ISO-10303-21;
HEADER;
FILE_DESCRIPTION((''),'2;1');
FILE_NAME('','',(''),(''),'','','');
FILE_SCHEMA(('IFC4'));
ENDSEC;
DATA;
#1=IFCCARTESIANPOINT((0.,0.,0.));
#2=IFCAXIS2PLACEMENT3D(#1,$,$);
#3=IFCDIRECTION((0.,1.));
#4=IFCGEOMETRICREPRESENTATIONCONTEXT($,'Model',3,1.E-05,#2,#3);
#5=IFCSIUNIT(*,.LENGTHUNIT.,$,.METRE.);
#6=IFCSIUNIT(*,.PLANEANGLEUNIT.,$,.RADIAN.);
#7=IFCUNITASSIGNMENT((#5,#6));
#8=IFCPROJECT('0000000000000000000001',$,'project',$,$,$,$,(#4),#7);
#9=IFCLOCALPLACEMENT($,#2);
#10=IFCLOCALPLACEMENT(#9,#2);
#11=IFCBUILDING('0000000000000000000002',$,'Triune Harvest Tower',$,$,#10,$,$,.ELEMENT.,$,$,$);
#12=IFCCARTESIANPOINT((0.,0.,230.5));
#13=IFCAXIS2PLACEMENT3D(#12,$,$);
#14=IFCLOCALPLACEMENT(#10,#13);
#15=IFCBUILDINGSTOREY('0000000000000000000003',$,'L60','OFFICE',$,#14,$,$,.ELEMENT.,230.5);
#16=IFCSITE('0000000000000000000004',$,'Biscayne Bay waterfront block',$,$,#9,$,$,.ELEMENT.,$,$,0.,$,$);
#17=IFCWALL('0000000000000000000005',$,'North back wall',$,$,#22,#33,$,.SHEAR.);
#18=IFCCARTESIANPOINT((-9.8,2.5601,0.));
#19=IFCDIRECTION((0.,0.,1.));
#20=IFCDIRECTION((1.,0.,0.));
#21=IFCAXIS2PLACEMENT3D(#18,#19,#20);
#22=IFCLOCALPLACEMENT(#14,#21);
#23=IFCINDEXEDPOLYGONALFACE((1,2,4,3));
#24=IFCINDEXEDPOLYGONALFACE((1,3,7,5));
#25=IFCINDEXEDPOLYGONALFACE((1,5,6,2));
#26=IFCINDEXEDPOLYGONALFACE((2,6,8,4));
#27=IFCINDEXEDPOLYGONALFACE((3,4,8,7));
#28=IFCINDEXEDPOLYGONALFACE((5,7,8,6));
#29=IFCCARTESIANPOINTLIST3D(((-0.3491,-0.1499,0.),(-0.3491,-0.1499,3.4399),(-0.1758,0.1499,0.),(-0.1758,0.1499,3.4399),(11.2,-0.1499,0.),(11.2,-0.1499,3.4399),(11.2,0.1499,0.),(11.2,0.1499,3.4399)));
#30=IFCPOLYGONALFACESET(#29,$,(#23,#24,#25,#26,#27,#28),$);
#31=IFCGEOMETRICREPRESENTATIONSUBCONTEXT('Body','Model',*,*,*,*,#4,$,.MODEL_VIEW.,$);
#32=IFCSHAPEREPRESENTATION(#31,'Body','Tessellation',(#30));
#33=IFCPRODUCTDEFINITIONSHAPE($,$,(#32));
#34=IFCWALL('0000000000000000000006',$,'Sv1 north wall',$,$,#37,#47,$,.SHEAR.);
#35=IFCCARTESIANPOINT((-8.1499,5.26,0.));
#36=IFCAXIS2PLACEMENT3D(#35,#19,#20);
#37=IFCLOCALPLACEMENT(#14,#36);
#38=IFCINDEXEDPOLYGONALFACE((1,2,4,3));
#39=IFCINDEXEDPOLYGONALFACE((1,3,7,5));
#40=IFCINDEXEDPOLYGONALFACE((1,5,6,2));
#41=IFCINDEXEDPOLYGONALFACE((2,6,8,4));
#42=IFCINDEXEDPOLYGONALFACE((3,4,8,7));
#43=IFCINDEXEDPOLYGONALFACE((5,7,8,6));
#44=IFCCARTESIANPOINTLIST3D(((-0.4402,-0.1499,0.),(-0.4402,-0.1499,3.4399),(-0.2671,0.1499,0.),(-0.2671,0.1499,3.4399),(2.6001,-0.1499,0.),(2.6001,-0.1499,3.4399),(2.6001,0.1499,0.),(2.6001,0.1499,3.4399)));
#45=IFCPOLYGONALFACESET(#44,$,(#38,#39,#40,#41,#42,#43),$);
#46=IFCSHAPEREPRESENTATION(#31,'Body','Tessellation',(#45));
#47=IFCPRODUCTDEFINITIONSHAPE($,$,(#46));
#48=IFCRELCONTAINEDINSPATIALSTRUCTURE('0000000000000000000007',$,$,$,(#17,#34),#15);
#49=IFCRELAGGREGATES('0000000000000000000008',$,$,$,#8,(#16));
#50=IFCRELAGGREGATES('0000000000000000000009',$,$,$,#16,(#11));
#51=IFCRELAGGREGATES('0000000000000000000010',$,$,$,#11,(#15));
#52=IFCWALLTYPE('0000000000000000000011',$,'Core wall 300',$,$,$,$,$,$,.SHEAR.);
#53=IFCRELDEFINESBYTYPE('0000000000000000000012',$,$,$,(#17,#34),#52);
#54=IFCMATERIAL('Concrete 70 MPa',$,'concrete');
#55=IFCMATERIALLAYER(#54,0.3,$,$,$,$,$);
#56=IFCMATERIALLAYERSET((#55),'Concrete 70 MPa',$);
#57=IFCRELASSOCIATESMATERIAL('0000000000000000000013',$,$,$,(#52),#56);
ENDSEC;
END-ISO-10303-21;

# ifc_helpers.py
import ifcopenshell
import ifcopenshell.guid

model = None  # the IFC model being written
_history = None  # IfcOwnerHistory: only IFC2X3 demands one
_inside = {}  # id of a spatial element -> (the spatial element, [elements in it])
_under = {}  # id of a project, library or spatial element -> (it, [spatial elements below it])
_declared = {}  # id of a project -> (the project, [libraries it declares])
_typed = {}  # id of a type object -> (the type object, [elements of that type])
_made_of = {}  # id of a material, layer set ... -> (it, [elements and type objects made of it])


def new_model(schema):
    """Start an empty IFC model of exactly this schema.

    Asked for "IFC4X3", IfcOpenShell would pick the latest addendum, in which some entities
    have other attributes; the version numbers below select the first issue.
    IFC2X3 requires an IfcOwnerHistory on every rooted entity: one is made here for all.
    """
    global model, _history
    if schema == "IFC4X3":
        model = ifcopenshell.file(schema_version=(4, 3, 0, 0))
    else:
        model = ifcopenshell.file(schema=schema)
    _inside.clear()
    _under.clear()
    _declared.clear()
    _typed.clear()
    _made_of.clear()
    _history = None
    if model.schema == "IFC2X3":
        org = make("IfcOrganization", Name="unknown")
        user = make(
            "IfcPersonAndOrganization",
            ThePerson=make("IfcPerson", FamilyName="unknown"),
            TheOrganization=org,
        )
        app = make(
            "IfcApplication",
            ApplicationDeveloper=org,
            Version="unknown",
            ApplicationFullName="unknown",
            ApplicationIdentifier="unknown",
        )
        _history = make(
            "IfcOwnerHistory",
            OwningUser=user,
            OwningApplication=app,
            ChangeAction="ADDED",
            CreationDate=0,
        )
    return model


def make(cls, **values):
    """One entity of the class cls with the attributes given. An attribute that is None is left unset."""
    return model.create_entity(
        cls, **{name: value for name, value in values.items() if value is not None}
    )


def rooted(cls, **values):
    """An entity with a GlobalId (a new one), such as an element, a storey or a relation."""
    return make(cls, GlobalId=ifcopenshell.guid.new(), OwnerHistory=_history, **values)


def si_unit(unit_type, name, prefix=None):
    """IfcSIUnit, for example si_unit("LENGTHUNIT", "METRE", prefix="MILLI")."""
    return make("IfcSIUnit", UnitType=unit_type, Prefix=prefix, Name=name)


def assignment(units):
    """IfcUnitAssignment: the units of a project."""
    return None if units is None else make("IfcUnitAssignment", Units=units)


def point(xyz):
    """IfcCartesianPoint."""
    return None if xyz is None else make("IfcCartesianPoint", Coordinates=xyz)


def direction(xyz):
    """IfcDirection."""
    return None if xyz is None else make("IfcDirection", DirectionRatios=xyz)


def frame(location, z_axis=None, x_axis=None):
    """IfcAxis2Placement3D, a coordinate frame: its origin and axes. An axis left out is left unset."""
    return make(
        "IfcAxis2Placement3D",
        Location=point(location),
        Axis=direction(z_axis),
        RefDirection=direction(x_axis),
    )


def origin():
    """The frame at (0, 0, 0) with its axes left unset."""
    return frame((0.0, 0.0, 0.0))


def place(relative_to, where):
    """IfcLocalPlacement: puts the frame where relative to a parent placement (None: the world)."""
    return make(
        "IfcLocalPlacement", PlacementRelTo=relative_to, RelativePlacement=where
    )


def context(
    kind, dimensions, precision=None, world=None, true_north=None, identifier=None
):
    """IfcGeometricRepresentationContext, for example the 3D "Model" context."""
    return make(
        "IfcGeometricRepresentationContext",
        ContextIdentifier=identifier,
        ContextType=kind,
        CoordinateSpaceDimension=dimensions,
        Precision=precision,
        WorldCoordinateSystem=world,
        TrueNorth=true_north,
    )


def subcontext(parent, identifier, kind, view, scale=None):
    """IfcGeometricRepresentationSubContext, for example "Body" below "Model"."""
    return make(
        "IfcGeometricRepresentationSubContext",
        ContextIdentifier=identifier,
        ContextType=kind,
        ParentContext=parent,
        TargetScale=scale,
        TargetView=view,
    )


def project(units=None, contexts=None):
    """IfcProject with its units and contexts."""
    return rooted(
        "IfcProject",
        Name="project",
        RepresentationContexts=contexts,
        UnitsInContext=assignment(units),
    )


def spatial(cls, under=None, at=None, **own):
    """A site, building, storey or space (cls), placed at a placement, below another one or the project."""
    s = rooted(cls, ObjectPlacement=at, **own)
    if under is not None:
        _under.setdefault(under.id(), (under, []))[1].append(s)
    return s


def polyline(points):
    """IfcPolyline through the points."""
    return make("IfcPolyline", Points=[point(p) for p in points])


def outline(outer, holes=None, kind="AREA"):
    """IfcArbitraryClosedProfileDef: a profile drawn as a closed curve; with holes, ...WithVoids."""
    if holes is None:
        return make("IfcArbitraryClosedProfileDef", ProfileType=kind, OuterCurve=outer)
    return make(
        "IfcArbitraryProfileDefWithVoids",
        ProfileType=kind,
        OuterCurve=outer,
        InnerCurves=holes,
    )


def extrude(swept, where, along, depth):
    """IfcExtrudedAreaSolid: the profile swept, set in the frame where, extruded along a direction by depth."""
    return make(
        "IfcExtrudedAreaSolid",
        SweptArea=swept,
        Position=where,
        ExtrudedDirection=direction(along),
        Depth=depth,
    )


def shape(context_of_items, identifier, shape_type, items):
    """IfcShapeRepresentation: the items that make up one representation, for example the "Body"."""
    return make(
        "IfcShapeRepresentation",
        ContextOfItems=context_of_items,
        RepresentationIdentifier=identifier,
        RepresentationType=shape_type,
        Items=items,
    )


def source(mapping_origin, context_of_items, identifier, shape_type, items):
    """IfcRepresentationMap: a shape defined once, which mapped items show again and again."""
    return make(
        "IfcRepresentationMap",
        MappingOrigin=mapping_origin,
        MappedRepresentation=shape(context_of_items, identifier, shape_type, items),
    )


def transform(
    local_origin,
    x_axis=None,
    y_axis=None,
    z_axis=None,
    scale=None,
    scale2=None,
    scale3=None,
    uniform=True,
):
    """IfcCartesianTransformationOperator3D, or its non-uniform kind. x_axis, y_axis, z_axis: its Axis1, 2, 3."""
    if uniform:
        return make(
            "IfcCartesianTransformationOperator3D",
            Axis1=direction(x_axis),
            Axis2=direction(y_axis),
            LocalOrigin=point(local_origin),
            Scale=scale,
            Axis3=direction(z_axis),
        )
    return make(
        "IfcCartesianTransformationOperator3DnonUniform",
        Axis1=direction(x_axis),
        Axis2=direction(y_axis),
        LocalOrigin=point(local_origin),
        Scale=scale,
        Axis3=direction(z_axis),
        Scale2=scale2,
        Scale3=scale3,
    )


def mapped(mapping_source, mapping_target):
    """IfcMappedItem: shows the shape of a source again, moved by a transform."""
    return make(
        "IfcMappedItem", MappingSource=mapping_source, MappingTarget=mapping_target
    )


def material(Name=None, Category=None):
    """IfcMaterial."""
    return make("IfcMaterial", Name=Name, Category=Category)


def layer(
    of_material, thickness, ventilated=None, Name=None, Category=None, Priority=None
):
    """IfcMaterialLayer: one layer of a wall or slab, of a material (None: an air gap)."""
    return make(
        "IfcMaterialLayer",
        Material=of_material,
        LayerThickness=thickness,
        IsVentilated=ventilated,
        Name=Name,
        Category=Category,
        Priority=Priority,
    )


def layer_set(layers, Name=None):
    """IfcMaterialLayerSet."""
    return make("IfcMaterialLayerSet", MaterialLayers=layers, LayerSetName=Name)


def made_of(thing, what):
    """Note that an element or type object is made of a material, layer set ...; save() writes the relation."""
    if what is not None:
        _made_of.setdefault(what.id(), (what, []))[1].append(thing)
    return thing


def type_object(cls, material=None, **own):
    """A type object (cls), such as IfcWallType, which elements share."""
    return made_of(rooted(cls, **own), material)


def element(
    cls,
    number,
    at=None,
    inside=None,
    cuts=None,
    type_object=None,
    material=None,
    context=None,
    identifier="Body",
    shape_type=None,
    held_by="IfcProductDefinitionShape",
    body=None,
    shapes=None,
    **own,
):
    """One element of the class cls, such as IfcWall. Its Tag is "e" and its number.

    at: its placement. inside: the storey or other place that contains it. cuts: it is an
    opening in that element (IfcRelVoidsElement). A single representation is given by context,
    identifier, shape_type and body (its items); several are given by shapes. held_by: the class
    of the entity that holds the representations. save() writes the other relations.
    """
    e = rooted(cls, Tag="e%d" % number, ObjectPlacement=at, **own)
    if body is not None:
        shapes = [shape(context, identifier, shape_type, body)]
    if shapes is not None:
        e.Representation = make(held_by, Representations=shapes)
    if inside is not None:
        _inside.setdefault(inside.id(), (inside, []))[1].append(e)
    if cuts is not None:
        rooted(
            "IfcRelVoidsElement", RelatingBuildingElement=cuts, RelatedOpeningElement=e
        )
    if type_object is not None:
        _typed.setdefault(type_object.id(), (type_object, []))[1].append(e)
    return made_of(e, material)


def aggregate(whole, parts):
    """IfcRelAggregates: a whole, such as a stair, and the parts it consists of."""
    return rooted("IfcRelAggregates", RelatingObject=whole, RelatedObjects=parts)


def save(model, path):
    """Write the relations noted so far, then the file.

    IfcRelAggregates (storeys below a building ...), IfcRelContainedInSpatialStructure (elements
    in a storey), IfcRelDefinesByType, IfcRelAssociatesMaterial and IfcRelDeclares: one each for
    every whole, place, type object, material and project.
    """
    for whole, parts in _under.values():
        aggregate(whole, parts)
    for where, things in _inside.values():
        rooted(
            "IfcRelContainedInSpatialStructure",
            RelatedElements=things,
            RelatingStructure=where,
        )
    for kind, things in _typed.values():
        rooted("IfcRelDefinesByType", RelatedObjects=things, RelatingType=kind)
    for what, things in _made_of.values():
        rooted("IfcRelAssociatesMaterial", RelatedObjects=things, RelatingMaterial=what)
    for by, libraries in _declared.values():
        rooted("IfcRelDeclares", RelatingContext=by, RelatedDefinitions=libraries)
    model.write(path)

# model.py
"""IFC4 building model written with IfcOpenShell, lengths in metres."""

from ifc_helpers import new_model, si_unit, direction, frame, origin, place, context, subcontext, project, spatial, polyline, outline, extrude, source, transform, mapped, material, layer, layer_set, type_object, element, save


model = new_model("IFC4")

# Units and contexts
model_context = context("Model", 3, precision=1e-05, world=origin(), true_north=direction((0.0, 1.0)))
body_context = subcontext(model_context, "Body", "Model", "MODEL_VIEW")
ifc_project = project(units=[si_unit("LENGTHUNIT", "METRE"), si_unit("PLANEANGLEUNIT", "RADIAN")], contexts=[model_context])

# Site, building, storey
site_placement = place(None, origin())
site = spatial("IfcSite", under=ifc_project, at=site_placement, Name="Biscayne Bay waterfront block", CompositionType="ELEMENT", RefElevation=0.0)
building_placement = place(site_placement, origin())
building = spatial("IfcBuilding", under=site, at=building_placement, Name="Triune Harvest Tower", CompositionType="ELEMENT")
storey_placement = place(building_placement, frame((0.0, 0.0, 230.5)))
storey = spatial("IfcBuildingStorey", under=building, at=storey_placement, Name="L60", Description="OFFICE", CompositionType="ELEMENT", Elevation=230.5)

# Shared definitions
ifc_material_1 = material(Name="Concrete 70 MPa", Category="concrete")
ifc_layer_1 = layer(ifc_material_1, 0.3)
ifc_layer_set_1 = layer_set([ifc_layer_1], Name="Concrete 70 MPa")
wall_type_1 = type_object("IfcWallType", Name="Core wall 300", PredefinedType="SHEAR", material=ifc_layer_set_1)

# Wall
shared_shape_1 = source(origin(), body_context, "Body", "SweptSolid", [
    extrude(outline(polyline([(11.2, -0.1499), (-0.3491, -0.1499), (-0.1758, 0.1499), (11.2, 0.1499), (11.2, -0.1499)])), origin(), (0.0, 0.0, 1.0), 3.4399),
])
wall_1_placement = place(storey_placement, frame((-9.8, 2.5601, 0.0), z_axis=(0.0, 0.0, 1.0), x_axis=(1.0, 0.0, 0.0)))
element("IfcWall", 1, at=wall_1_placement, inside=storey, type_object=wall_type_1, Name="North back wall", PredefinedType="SHEAR", context=body_context, shape_type="MappedRepresentation", body=[
    mapped(shared_shape_1, transform((0.0, 0.0, 0.0), scale=1.0)),
])

# Wall
shared_shape_2 = source(origin(), body_context, "Body", "SweptSolid", [
    extrude(outline(polyline([(2.6001, -0.1499), (-0.4402, -0.1499), (-0.2671, 0.1499), (2.6001, 0.1499), (2.6001, -0.1499)])), origin(), (0.0, 0.0, 1.0), 3.4399),
])
wall_2_placement = place(storey_placement, frame((-8.1499, 5.26, 0.0), z_axis=(0.0, 0.0, 1.0), x_axis=(1.0, 0.0, 0.0)))
element("IfcWall", 2, at=wall_2_placement, inside=storey, type_object=wall_type_1, Name="Sv1 north wall", PredefinedType="SHEAR", context=body_context, shape_type="MappedRepresentation", body=[
    mapped(shared_shape_2, transform((0.0, 0.0, 0.0), scale=1.0)),
])

save(model, "model.ifc")
